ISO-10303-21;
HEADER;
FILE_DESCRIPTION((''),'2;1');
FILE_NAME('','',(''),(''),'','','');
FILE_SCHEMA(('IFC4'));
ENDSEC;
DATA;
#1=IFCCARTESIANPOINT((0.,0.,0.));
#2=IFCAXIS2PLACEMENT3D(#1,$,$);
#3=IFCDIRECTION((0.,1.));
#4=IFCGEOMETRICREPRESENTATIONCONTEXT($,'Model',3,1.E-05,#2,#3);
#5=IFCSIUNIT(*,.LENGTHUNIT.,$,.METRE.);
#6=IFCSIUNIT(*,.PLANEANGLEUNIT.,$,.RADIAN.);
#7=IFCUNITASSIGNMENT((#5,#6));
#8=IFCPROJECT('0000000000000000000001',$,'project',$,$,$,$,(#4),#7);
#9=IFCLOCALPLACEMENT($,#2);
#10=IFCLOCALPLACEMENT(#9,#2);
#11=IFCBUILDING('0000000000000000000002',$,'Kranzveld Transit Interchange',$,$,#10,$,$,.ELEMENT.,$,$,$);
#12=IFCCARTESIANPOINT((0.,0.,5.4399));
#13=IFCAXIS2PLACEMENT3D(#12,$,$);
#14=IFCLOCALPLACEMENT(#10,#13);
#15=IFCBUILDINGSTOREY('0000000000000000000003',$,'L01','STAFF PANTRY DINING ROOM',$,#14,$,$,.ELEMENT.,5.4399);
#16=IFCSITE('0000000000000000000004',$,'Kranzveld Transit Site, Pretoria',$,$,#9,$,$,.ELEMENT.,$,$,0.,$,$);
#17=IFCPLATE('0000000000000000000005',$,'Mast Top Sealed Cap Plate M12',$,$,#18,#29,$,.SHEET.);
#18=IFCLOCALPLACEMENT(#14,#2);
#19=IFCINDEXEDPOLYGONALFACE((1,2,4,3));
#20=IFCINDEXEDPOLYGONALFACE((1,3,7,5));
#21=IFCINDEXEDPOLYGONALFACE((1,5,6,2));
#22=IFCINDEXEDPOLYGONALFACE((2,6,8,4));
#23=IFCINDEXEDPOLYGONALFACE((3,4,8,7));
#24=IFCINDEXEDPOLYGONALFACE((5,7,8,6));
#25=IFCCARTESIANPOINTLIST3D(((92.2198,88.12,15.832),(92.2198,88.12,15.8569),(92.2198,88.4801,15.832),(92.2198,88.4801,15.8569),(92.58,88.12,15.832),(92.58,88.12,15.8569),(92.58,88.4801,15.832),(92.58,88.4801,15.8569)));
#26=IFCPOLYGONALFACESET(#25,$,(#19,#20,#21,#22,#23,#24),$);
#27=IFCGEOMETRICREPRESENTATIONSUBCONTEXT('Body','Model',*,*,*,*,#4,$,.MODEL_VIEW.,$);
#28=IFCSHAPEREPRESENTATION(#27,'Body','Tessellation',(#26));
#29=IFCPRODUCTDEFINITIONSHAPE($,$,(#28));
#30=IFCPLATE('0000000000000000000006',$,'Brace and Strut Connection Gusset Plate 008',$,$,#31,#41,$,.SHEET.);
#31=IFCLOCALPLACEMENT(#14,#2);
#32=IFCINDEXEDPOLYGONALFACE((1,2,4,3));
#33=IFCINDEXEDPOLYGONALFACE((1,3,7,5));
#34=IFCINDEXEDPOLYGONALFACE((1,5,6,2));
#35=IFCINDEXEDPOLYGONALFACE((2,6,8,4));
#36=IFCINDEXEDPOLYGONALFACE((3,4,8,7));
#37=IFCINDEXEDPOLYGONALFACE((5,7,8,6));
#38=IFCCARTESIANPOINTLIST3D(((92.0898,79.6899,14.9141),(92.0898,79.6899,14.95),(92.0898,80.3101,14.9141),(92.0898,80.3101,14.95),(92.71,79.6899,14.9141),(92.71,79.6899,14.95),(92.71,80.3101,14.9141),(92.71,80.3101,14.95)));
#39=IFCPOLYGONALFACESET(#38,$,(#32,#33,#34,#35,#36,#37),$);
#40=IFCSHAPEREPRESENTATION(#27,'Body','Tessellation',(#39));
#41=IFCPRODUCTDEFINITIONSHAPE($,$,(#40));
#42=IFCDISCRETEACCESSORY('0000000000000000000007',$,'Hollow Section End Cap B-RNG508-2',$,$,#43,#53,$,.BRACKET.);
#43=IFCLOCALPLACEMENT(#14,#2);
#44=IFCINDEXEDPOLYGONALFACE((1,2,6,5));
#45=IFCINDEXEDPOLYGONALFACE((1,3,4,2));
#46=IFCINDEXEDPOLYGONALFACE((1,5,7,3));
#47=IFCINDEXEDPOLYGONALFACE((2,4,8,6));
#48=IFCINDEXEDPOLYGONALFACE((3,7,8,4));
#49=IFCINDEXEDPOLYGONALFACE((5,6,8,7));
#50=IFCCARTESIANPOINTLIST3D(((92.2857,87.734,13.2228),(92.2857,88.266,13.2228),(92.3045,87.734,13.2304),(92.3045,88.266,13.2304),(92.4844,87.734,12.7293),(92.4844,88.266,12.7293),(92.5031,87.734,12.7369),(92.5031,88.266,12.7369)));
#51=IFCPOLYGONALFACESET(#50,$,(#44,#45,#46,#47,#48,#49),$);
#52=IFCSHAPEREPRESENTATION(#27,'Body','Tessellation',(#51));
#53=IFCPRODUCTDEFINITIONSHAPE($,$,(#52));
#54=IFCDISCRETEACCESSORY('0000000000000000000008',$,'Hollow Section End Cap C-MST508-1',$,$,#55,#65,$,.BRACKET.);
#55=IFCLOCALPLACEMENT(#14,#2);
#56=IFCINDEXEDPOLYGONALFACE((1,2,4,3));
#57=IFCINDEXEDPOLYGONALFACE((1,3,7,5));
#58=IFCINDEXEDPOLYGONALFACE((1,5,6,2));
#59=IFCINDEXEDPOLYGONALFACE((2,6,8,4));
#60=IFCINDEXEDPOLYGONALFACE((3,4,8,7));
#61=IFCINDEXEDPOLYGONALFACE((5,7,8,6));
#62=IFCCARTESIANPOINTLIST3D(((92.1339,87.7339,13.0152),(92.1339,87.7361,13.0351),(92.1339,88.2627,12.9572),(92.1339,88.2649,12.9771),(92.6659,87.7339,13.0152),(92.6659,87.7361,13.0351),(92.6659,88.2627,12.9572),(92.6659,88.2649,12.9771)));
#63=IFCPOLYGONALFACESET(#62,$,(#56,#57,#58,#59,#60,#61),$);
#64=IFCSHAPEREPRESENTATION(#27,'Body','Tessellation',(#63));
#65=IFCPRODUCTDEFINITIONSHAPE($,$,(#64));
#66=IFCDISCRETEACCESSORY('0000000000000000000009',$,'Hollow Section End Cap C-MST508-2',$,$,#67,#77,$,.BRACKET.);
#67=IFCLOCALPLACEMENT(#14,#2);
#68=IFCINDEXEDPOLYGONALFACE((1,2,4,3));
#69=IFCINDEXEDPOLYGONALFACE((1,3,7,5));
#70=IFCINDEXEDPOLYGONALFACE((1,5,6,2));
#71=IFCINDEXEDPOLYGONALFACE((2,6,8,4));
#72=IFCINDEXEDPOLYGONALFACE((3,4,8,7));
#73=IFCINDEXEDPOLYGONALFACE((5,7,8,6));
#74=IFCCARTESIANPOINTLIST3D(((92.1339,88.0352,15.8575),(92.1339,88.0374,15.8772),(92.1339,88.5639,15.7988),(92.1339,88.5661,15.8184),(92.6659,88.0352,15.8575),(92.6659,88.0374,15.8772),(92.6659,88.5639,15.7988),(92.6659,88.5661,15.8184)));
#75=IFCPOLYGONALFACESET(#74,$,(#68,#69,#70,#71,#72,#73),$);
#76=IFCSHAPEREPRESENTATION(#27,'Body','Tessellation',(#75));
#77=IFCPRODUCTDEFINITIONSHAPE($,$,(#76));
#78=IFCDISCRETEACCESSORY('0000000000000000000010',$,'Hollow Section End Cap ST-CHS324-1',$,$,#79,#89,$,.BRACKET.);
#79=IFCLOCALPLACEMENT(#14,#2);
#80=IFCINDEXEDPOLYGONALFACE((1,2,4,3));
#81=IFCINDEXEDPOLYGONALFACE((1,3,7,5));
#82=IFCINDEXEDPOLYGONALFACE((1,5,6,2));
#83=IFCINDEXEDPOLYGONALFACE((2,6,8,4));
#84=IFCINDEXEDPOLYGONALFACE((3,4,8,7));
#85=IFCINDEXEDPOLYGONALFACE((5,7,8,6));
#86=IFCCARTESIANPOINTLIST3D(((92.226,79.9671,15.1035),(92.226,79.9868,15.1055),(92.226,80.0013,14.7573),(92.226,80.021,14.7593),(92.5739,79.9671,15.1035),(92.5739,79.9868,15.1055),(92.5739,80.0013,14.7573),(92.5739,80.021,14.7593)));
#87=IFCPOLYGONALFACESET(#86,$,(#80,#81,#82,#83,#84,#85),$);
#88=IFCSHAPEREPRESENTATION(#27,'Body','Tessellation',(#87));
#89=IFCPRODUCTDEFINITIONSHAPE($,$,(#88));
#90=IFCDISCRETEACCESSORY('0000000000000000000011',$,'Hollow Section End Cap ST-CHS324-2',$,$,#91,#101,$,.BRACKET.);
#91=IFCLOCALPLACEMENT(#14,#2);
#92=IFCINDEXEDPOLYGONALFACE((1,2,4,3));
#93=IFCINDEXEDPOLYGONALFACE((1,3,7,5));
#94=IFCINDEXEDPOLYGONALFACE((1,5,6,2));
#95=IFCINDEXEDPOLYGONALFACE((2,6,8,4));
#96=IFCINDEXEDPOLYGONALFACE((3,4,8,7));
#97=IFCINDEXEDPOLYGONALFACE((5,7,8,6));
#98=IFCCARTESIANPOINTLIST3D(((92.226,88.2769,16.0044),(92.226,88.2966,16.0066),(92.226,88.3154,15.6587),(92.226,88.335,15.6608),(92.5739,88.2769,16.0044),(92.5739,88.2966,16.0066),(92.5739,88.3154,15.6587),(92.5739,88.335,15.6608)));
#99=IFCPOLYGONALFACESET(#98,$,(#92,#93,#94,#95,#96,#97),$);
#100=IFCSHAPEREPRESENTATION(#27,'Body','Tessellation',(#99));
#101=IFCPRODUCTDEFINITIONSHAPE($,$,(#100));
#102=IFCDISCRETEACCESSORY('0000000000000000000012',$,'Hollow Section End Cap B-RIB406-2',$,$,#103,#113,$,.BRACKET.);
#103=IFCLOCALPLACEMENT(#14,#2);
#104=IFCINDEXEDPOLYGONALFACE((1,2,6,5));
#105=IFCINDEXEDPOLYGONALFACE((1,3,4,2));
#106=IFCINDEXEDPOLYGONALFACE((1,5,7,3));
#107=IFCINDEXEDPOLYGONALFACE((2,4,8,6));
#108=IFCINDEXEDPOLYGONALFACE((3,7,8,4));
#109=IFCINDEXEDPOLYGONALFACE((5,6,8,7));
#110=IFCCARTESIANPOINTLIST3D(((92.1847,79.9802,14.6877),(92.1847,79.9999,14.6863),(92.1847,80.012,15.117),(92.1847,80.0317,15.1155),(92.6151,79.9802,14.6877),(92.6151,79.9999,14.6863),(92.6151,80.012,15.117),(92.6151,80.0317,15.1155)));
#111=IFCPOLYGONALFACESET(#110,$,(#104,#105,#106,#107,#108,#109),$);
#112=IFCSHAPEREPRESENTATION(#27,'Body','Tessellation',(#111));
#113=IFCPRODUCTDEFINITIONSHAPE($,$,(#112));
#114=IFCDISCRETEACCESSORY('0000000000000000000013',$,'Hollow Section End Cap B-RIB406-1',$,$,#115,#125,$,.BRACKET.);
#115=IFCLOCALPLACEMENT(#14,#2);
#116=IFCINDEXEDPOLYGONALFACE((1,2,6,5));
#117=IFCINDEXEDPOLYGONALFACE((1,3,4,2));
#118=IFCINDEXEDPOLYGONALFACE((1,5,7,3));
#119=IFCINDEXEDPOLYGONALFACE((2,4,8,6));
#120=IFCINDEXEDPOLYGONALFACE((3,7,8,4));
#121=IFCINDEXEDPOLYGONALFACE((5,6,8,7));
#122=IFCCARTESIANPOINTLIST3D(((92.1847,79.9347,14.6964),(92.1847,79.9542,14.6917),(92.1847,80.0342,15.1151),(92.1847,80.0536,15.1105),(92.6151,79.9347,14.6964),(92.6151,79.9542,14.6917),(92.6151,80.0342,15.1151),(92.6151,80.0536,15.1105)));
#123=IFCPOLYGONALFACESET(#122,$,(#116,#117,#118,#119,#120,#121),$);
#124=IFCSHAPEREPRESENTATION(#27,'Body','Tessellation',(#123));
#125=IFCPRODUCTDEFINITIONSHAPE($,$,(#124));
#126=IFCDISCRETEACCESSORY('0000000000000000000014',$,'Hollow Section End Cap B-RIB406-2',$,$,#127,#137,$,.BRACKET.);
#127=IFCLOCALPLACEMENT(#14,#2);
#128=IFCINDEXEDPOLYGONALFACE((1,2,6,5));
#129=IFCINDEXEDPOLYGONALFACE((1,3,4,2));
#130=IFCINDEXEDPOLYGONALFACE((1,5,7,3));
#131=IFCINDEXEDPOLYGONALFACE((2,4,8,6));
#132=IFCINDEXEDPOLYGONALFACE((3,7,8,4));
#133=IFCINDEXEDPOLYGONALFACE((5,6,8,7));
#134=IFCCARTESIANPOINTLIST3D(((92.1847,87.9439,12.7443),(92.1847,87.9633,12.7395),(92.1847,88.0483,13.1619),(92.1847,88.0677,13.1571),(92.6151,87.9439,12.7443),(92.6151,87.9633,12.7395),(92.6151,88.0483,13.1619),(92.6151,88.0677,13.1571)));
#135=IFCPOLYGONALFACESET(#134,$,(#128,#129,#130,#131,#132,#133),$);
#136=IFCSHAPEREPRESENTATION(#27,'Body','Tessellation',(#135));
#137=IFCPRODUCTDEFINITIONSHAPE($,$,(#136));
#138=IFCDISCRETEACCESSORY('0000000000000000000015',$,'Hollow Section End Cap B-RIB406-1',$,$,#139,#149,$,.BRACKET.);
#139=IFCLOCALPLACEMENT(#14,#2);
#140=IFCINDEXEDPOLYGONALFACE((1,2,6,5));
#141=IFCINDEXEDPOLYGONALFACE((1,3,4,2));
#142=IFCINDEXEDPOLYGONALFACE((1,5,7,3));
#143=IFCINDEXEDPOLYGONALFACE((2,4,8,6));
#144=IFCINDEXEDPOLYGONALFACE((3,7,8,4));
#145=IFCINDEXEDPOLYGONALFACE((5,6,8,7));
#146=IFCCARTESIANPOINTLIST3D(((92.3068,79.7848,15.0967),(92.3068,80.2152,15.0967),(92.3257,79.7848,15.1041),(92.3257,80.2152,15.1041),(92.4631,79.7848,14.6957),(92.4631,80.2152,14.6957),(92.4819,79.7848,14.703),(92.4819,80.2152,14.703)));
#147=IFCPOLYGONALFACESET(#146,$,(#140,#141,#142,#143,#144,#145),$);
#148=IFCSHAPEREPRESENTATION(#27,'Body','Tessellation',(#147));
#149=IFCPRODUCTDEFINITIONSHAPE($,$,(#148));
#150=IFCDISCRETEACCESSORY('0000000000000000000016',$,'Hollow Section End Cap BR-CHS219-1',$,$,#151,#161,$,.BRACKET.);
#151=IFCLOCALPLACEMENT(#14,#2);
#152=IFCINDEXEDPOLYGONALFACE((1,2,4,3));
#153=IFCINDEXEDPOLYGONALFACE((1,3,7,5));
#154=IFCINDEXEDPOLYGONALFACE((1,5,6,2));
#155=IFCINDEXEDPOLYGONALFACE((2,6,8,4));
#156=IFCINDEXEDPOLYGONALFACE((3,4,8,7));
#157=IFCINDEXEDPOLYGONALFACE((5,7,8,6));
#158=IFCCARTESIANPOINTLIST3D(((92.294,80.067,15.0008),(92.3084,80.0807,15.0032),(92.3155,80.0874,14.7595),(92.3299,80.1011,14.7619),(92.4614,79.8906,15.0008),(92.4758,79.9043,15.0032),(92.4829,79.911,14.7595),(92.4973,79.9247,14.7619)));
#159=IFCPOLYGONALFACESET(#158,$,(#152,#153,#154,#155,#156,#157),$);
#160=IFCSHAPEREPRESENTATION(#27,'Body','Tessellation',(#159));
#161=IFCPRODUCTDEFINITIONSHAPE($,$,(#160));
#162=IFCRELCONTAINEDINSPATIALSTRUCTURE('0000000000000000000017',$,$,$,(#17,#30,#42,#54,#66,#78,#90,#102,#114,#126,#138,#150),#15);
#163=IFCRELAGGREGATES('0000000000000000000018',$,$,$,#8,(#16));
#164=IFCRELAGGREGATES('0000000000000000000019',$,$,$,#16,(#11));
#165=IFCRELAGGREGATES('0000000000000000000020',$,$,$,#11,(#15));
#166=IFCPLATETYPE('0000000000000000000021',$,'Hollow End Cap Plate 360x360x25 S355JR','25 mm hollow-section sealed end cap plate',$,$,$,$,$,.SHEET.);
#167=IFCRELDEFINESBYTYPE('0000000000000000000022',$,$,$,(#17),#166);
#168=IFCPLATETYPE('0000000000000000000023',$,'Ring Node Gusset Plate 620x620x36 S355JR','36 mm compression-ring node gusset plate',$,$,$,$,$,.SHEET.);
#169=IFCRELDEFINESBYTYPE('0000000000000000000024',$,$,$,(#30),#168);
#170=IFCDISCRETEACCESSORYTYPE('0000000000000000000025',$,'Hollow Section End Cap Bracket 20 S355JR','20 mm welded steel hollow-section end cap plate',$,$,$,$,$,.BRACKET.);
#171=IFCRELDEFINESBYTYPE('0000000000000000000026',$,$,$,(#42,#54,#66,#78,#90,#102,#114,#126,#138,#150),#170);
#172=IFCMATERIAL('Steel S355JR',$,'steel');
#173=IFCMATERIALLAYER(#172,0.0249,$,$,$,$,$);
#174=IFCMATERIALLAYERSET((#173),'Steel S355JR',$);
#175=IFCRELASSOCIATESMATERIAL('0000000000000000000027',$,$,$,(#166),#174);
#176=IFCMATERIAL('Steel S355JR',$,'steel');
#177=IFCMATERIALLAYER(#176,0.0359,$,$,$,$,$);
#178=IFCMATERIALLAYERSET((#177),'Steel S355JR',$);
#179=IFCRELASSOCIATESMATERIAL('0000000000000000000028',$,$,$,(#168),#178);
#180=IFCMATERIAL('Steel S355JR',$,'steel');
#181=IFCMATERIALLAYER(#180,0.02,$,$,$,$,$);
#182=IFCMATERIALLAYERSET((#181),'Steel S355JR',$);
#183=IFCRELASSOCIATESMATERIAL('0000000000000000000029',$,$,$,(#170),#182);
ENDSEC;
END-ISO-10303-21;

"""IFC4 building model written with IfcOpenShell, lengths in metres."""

from ifc_helpers import new_model, si_unit, direction, frame, origin, origin_2d, place, context, subcontext, project, spatial, rectangle, extrude, material, layer, layer_set, type_object, element, save


model = new_model("IFC4")

# Units and contexts
model_context = context("Model", 3, precision=1e-05, world=origin(), true_north=direction((0.0, 1.0)))
body_context = subcontext(model_context, "Body", "Model", "MODEL_VIEW")
ifc_project = project(units=[si_unit("LENGTHUNIT", "METRE"), si_unit("PLANEANGLEUNIT", "RADIAN")], contexts=[model_context])

# Site, building, storey
site_placement = place(None, origin())
site = spatial("IfcSite", under=ifc_project, at=site_placement, Name="Kranzveld Transit Site, Pretoria", CompositionType="ELEMENT", RefElevation=0.0)
building_placement = place(site_placement, origin())
building = spatial("IfcBuilding", under=site, at=building_placement, Name="Kranzveld Transit Interchange", CompositionType="ELEMENT")
storey_placement = place(building_placement, frame((0.0, 0.0, 5.4399)))
storey = spatial("IfcBuildingStorey", under=building, at=storey_placement, Name="L01", Description="STAFF PANTRY DINING ROOM", CompositionType="ELEMENT", Elevation=5.4399)

# Plates
ifc_material_1 = material(Name="Steel S355JR", Category="steel")
ifc_layer_1 = layer(ifc_material_1, 0.0249)
ifc_layer_set_1 = layer_set([ifc_layer_1], Name="Steel S355JR")
plate_type_1 = type_object("IfcPlateType", Name="Hollow End Cap Plate 360x360x25 S355JR", Description="25 mm hollow-section sealed end cap plate", PredefinedType="SHEET", material=ifc_layer_set_1)
plate_1_placement = place(storey_placement, frame((92.3999, 88.3, 15.832), z_axis=(0.0, 0.0, 1.0), x_axis=(1.0, 0.0, 0.0)))
element("IfcPlate", 1, at=plate_1_placement, inside=storey, type_object=plate_type_1, Name="Mast Top Sealed Cap Plate M12", PredefinedType="SHEET", context=body_context, shape_type="SweptSolid", body=[
    extrude(rectangle(XDim=0.3601, YDim=0.3601, at=origin_2d()), origin(), (0.0, 0.0, 1.0), 0.0249),
])
ifc_material_2 = material(Name="Steel S355JR", Category="steel")
ifc_layer_2 = layer(ifc_material_2, 0.0359)
ifc_layer_set_2 = layer_set([ifc_layer_2], Name="Steel S355JR")
plate_type_2 = type_object("IfcPlateType", Name="Ring Node Gusset Plate 620x620x36 S355JR", Description="36 mm compression-ring node gusset plate", PredefinedType="SHEET", material=ifc_layer_set_2)
plate_2_placement = place(storey_placement, frame((92.3999, 80.0, 14.9141), z_axis=(0.0, 0.0, 1.0), x_axis=(1.0, 0.0, 0.0)))
element("IfcPlate", 2, at=plate_2_placement, inside=storey, type_object=plate_type_2, Name="Brace and Strut Connection Gusset Plate 008", PredefinedType="SHEET", context=body_context, shape_type="SweptSolid", body=[
    extrude(rectangle(XDim=0.6201, YDim=0.6201, at=origin_2d()), origin(), (0.0, 0.0, 1.0), 0.0359),
])

# Discrete accessories
ifc_material_3 = material(Name="Steel S355JR", Category="steel")
ifc_layer_3 = layer(ifc_material_3, 0.02)
ifc_layer_set_3 = layer_set([ifc_layer_3], Name="Steel S355JR")
discrete_accessory_type = type_object("IfcDiscreteAccessoryType", Name="Hollow Section End Cap Bracket 20 S355JR", Description="20 mm welded steel hollow-section end cap plate", PredefinedType="BRACKET", material=ifc_layer_set_3)
discrete_accessory_1_placement = place(storey_placement, frame((92.4038, 88.0, 12.9836), z_axis=(-0.927644, 0.0, -0.373467), x_axis=(0.0, -1.0, 0.0)))
element("IfcDiscreteAccessory", 3, at=discrete_accessory_1_placement, inside=storey, type_object=discrete_accessory_type, Name="Hollow Section End Cap B-RNG508-2", PredefinedType="BRACKET", context=body_context, shape_type="SweptSolid", body=[
    extrude(rectangle(XDim=0.532, YDim=0.532, at=origin_2d()), origin(), (0.0, 0.0, 1.0), 0.0203),
])
discrete_accessory_2_placement = place(storey_placement, frame((92.3999, 88.0005, 13.0061), z_axis=(0.0, -0.109101, -0.994031), x_axis=(1.0, 0.0, 0.0)))
element("IfcDiscreteAccessory", 4, at=discrete_accessory_2_placement, inside=storey, type_object=discrete_accessory_type, Name="Hollow Section End Cap C-MST508-1", PredefinedType="BRACKET", context=body_context, shape_type="SweptSolid", body=[
    extrude(rectangle(XDim=0.532, YDim=0.532, at=origin_2d()), origin(), (0.0, 0.0, 1.0), 0.02),
])
discrete_accessory_3_placement = place(storey_placement, frame((92.3999, 88.2996, 15.8281), z_axis=(0.0, 0.110432, 0.993884), x_axis=(-1.0, 0.0, 0.0)))
element("IfcDiscreteAccessory", 5, at=discrete_accessory_3_placement, inside=storey, type_object=discrete_accessory_type, Name="Hollow Section End Cap C-MST508-2", PredefinedType="BRACKET", context=body_context, shape_type="SweptSolid", body=[
    extrude(rectangle(XDim=0.532, YDim=0.532, at=origin_2d()), origin(), (0.0, 0.0, 1.0), 0.0198),
])
for number, where, z_axis, x_axis, name in (
    (6, (92.3999, 80.0039, 14.9324), (0.0, -0.995158, -0.098287), (1.0, 0.0, 0.0), "Hollow Section End Cap ST-CHS324-1"),
    (7, (92.3999, 88.2961, 15.8315), (0.0, 0.993884, 0.110432), (-1.0, 0.0, 0.0), "Hollow Section End Cap ST-CHS324-2"),
):
    element("IfcDiscreteAccessory", number, at=place(storey_placement, frame(where, z_axis=z_axis, x_axis=x_axis)), inside=storey, type_object=discrete_accessory_type, Name=name, PredefinedType="BRACKET", context=body_context, shape_type="SweptSolid", body=[
        extrude(rectangle(XDim=0.3479, YDim=0.3479, at=origin_2d()), origin(), (0.0, 0.0, 1.0), 0.0198),
    ])
discrete_accessory_4_placement = place(storey_placement, frame((92.3999, 79.9961, 14.9023), z_axis=(0.0, 0.997268, -0.073872), x_axis=(-1.0, 0.0, 0.0)))
element("IfcDiscreteAccessory", 8, at=discrete_accessory_4_placement, inside=storey, type_object=discrete_accessory_type, Name="Hollow Section End Cap B-RIB406-2", PredefinedType="BRACKET", context=body_context, shape_type="SweptSolid", body=[
    extrude(rectangle(XDim=0.4304, YDim=0.4304, at=origin_2d()), origin(), (0.0, 0.0, 1.0), 0.0198),
])
for number, where, z_axis, x_axis, name in (
    (9, (92.3999, 80.0039, 14.9011), (0.0, -0.972937, 0.231072), (1.0, 0.0, 0.0), "Hollow Section End Cap B-RIB406-1"),
    (10, (92.3999, 87.9961, 12.9531), (0.0, 0.970143, -0.242536), (-1.0, 0.0, 0.0), "Hollow Section End Cap B-RIB406-2"),
):
    element("IfcDiscreteAccessory", number, at=place(storey_placement, frame(where, z_axis=z_axis, x_axis=x_axis)), inside=storey, type_object=discrete_accessory_type, Name=name, PredefinedType="BRACKET", context=body_context, shape_type="SweptSolid", body=[
        extrude(rectangle(XDim=0.4304, YDim=0.4304, at=origin_2d()), origin(), (0.0, 0.0, 1.0), 0.02),
    ])
discrete_accessory_5_placement = place(storey_placement, frame((92.4038, 80.0, 14.9036), z_axis=(-0.931777, 0.0, -0.36303), x_axis=(0.0, -1.0, 0.0)))
element("IfcDiscreteAccessory", 11, at=discrete_accessory_5_placement, inside=storey, type_object=discrete_accessory_type, Name="Hollow Section End Cap B-RIB406-1", PredefinedType="BRACKET", context=body_context, shape_type="SweptSolid", body=[
    extrude(rectangle(XDim=0.4304, YDim=0.4304, at=origin_2d()), origin(), (0.0, 0.0, 1.0), 0.0203),
])
discrete_accessory_6_placement = place(storey_placement, frame((92.4028, 80.0027, 14.8826), z_axis=(-0.719887, -0.683283, -0.122015), x_axis=(0.688426, -0.725306, 0.0)))
element("IfcDiscreteAccessory", 12, at=discrete_accessory_6_placement, inside=storey, type_object=discrete_accessory_type, Name="Hollow Section End Cap BR-CHS219-1", PredefinedType="BRACKET", context=body_context, shape_type="SweptSolid", body=[
    extrude(rectangle(XDim=0.2432, YDim=0.2432, at=origin_2d()), origin(), (0.0, 0.0, 1.0), 0.02),
])

save(model, "model.ifc")
